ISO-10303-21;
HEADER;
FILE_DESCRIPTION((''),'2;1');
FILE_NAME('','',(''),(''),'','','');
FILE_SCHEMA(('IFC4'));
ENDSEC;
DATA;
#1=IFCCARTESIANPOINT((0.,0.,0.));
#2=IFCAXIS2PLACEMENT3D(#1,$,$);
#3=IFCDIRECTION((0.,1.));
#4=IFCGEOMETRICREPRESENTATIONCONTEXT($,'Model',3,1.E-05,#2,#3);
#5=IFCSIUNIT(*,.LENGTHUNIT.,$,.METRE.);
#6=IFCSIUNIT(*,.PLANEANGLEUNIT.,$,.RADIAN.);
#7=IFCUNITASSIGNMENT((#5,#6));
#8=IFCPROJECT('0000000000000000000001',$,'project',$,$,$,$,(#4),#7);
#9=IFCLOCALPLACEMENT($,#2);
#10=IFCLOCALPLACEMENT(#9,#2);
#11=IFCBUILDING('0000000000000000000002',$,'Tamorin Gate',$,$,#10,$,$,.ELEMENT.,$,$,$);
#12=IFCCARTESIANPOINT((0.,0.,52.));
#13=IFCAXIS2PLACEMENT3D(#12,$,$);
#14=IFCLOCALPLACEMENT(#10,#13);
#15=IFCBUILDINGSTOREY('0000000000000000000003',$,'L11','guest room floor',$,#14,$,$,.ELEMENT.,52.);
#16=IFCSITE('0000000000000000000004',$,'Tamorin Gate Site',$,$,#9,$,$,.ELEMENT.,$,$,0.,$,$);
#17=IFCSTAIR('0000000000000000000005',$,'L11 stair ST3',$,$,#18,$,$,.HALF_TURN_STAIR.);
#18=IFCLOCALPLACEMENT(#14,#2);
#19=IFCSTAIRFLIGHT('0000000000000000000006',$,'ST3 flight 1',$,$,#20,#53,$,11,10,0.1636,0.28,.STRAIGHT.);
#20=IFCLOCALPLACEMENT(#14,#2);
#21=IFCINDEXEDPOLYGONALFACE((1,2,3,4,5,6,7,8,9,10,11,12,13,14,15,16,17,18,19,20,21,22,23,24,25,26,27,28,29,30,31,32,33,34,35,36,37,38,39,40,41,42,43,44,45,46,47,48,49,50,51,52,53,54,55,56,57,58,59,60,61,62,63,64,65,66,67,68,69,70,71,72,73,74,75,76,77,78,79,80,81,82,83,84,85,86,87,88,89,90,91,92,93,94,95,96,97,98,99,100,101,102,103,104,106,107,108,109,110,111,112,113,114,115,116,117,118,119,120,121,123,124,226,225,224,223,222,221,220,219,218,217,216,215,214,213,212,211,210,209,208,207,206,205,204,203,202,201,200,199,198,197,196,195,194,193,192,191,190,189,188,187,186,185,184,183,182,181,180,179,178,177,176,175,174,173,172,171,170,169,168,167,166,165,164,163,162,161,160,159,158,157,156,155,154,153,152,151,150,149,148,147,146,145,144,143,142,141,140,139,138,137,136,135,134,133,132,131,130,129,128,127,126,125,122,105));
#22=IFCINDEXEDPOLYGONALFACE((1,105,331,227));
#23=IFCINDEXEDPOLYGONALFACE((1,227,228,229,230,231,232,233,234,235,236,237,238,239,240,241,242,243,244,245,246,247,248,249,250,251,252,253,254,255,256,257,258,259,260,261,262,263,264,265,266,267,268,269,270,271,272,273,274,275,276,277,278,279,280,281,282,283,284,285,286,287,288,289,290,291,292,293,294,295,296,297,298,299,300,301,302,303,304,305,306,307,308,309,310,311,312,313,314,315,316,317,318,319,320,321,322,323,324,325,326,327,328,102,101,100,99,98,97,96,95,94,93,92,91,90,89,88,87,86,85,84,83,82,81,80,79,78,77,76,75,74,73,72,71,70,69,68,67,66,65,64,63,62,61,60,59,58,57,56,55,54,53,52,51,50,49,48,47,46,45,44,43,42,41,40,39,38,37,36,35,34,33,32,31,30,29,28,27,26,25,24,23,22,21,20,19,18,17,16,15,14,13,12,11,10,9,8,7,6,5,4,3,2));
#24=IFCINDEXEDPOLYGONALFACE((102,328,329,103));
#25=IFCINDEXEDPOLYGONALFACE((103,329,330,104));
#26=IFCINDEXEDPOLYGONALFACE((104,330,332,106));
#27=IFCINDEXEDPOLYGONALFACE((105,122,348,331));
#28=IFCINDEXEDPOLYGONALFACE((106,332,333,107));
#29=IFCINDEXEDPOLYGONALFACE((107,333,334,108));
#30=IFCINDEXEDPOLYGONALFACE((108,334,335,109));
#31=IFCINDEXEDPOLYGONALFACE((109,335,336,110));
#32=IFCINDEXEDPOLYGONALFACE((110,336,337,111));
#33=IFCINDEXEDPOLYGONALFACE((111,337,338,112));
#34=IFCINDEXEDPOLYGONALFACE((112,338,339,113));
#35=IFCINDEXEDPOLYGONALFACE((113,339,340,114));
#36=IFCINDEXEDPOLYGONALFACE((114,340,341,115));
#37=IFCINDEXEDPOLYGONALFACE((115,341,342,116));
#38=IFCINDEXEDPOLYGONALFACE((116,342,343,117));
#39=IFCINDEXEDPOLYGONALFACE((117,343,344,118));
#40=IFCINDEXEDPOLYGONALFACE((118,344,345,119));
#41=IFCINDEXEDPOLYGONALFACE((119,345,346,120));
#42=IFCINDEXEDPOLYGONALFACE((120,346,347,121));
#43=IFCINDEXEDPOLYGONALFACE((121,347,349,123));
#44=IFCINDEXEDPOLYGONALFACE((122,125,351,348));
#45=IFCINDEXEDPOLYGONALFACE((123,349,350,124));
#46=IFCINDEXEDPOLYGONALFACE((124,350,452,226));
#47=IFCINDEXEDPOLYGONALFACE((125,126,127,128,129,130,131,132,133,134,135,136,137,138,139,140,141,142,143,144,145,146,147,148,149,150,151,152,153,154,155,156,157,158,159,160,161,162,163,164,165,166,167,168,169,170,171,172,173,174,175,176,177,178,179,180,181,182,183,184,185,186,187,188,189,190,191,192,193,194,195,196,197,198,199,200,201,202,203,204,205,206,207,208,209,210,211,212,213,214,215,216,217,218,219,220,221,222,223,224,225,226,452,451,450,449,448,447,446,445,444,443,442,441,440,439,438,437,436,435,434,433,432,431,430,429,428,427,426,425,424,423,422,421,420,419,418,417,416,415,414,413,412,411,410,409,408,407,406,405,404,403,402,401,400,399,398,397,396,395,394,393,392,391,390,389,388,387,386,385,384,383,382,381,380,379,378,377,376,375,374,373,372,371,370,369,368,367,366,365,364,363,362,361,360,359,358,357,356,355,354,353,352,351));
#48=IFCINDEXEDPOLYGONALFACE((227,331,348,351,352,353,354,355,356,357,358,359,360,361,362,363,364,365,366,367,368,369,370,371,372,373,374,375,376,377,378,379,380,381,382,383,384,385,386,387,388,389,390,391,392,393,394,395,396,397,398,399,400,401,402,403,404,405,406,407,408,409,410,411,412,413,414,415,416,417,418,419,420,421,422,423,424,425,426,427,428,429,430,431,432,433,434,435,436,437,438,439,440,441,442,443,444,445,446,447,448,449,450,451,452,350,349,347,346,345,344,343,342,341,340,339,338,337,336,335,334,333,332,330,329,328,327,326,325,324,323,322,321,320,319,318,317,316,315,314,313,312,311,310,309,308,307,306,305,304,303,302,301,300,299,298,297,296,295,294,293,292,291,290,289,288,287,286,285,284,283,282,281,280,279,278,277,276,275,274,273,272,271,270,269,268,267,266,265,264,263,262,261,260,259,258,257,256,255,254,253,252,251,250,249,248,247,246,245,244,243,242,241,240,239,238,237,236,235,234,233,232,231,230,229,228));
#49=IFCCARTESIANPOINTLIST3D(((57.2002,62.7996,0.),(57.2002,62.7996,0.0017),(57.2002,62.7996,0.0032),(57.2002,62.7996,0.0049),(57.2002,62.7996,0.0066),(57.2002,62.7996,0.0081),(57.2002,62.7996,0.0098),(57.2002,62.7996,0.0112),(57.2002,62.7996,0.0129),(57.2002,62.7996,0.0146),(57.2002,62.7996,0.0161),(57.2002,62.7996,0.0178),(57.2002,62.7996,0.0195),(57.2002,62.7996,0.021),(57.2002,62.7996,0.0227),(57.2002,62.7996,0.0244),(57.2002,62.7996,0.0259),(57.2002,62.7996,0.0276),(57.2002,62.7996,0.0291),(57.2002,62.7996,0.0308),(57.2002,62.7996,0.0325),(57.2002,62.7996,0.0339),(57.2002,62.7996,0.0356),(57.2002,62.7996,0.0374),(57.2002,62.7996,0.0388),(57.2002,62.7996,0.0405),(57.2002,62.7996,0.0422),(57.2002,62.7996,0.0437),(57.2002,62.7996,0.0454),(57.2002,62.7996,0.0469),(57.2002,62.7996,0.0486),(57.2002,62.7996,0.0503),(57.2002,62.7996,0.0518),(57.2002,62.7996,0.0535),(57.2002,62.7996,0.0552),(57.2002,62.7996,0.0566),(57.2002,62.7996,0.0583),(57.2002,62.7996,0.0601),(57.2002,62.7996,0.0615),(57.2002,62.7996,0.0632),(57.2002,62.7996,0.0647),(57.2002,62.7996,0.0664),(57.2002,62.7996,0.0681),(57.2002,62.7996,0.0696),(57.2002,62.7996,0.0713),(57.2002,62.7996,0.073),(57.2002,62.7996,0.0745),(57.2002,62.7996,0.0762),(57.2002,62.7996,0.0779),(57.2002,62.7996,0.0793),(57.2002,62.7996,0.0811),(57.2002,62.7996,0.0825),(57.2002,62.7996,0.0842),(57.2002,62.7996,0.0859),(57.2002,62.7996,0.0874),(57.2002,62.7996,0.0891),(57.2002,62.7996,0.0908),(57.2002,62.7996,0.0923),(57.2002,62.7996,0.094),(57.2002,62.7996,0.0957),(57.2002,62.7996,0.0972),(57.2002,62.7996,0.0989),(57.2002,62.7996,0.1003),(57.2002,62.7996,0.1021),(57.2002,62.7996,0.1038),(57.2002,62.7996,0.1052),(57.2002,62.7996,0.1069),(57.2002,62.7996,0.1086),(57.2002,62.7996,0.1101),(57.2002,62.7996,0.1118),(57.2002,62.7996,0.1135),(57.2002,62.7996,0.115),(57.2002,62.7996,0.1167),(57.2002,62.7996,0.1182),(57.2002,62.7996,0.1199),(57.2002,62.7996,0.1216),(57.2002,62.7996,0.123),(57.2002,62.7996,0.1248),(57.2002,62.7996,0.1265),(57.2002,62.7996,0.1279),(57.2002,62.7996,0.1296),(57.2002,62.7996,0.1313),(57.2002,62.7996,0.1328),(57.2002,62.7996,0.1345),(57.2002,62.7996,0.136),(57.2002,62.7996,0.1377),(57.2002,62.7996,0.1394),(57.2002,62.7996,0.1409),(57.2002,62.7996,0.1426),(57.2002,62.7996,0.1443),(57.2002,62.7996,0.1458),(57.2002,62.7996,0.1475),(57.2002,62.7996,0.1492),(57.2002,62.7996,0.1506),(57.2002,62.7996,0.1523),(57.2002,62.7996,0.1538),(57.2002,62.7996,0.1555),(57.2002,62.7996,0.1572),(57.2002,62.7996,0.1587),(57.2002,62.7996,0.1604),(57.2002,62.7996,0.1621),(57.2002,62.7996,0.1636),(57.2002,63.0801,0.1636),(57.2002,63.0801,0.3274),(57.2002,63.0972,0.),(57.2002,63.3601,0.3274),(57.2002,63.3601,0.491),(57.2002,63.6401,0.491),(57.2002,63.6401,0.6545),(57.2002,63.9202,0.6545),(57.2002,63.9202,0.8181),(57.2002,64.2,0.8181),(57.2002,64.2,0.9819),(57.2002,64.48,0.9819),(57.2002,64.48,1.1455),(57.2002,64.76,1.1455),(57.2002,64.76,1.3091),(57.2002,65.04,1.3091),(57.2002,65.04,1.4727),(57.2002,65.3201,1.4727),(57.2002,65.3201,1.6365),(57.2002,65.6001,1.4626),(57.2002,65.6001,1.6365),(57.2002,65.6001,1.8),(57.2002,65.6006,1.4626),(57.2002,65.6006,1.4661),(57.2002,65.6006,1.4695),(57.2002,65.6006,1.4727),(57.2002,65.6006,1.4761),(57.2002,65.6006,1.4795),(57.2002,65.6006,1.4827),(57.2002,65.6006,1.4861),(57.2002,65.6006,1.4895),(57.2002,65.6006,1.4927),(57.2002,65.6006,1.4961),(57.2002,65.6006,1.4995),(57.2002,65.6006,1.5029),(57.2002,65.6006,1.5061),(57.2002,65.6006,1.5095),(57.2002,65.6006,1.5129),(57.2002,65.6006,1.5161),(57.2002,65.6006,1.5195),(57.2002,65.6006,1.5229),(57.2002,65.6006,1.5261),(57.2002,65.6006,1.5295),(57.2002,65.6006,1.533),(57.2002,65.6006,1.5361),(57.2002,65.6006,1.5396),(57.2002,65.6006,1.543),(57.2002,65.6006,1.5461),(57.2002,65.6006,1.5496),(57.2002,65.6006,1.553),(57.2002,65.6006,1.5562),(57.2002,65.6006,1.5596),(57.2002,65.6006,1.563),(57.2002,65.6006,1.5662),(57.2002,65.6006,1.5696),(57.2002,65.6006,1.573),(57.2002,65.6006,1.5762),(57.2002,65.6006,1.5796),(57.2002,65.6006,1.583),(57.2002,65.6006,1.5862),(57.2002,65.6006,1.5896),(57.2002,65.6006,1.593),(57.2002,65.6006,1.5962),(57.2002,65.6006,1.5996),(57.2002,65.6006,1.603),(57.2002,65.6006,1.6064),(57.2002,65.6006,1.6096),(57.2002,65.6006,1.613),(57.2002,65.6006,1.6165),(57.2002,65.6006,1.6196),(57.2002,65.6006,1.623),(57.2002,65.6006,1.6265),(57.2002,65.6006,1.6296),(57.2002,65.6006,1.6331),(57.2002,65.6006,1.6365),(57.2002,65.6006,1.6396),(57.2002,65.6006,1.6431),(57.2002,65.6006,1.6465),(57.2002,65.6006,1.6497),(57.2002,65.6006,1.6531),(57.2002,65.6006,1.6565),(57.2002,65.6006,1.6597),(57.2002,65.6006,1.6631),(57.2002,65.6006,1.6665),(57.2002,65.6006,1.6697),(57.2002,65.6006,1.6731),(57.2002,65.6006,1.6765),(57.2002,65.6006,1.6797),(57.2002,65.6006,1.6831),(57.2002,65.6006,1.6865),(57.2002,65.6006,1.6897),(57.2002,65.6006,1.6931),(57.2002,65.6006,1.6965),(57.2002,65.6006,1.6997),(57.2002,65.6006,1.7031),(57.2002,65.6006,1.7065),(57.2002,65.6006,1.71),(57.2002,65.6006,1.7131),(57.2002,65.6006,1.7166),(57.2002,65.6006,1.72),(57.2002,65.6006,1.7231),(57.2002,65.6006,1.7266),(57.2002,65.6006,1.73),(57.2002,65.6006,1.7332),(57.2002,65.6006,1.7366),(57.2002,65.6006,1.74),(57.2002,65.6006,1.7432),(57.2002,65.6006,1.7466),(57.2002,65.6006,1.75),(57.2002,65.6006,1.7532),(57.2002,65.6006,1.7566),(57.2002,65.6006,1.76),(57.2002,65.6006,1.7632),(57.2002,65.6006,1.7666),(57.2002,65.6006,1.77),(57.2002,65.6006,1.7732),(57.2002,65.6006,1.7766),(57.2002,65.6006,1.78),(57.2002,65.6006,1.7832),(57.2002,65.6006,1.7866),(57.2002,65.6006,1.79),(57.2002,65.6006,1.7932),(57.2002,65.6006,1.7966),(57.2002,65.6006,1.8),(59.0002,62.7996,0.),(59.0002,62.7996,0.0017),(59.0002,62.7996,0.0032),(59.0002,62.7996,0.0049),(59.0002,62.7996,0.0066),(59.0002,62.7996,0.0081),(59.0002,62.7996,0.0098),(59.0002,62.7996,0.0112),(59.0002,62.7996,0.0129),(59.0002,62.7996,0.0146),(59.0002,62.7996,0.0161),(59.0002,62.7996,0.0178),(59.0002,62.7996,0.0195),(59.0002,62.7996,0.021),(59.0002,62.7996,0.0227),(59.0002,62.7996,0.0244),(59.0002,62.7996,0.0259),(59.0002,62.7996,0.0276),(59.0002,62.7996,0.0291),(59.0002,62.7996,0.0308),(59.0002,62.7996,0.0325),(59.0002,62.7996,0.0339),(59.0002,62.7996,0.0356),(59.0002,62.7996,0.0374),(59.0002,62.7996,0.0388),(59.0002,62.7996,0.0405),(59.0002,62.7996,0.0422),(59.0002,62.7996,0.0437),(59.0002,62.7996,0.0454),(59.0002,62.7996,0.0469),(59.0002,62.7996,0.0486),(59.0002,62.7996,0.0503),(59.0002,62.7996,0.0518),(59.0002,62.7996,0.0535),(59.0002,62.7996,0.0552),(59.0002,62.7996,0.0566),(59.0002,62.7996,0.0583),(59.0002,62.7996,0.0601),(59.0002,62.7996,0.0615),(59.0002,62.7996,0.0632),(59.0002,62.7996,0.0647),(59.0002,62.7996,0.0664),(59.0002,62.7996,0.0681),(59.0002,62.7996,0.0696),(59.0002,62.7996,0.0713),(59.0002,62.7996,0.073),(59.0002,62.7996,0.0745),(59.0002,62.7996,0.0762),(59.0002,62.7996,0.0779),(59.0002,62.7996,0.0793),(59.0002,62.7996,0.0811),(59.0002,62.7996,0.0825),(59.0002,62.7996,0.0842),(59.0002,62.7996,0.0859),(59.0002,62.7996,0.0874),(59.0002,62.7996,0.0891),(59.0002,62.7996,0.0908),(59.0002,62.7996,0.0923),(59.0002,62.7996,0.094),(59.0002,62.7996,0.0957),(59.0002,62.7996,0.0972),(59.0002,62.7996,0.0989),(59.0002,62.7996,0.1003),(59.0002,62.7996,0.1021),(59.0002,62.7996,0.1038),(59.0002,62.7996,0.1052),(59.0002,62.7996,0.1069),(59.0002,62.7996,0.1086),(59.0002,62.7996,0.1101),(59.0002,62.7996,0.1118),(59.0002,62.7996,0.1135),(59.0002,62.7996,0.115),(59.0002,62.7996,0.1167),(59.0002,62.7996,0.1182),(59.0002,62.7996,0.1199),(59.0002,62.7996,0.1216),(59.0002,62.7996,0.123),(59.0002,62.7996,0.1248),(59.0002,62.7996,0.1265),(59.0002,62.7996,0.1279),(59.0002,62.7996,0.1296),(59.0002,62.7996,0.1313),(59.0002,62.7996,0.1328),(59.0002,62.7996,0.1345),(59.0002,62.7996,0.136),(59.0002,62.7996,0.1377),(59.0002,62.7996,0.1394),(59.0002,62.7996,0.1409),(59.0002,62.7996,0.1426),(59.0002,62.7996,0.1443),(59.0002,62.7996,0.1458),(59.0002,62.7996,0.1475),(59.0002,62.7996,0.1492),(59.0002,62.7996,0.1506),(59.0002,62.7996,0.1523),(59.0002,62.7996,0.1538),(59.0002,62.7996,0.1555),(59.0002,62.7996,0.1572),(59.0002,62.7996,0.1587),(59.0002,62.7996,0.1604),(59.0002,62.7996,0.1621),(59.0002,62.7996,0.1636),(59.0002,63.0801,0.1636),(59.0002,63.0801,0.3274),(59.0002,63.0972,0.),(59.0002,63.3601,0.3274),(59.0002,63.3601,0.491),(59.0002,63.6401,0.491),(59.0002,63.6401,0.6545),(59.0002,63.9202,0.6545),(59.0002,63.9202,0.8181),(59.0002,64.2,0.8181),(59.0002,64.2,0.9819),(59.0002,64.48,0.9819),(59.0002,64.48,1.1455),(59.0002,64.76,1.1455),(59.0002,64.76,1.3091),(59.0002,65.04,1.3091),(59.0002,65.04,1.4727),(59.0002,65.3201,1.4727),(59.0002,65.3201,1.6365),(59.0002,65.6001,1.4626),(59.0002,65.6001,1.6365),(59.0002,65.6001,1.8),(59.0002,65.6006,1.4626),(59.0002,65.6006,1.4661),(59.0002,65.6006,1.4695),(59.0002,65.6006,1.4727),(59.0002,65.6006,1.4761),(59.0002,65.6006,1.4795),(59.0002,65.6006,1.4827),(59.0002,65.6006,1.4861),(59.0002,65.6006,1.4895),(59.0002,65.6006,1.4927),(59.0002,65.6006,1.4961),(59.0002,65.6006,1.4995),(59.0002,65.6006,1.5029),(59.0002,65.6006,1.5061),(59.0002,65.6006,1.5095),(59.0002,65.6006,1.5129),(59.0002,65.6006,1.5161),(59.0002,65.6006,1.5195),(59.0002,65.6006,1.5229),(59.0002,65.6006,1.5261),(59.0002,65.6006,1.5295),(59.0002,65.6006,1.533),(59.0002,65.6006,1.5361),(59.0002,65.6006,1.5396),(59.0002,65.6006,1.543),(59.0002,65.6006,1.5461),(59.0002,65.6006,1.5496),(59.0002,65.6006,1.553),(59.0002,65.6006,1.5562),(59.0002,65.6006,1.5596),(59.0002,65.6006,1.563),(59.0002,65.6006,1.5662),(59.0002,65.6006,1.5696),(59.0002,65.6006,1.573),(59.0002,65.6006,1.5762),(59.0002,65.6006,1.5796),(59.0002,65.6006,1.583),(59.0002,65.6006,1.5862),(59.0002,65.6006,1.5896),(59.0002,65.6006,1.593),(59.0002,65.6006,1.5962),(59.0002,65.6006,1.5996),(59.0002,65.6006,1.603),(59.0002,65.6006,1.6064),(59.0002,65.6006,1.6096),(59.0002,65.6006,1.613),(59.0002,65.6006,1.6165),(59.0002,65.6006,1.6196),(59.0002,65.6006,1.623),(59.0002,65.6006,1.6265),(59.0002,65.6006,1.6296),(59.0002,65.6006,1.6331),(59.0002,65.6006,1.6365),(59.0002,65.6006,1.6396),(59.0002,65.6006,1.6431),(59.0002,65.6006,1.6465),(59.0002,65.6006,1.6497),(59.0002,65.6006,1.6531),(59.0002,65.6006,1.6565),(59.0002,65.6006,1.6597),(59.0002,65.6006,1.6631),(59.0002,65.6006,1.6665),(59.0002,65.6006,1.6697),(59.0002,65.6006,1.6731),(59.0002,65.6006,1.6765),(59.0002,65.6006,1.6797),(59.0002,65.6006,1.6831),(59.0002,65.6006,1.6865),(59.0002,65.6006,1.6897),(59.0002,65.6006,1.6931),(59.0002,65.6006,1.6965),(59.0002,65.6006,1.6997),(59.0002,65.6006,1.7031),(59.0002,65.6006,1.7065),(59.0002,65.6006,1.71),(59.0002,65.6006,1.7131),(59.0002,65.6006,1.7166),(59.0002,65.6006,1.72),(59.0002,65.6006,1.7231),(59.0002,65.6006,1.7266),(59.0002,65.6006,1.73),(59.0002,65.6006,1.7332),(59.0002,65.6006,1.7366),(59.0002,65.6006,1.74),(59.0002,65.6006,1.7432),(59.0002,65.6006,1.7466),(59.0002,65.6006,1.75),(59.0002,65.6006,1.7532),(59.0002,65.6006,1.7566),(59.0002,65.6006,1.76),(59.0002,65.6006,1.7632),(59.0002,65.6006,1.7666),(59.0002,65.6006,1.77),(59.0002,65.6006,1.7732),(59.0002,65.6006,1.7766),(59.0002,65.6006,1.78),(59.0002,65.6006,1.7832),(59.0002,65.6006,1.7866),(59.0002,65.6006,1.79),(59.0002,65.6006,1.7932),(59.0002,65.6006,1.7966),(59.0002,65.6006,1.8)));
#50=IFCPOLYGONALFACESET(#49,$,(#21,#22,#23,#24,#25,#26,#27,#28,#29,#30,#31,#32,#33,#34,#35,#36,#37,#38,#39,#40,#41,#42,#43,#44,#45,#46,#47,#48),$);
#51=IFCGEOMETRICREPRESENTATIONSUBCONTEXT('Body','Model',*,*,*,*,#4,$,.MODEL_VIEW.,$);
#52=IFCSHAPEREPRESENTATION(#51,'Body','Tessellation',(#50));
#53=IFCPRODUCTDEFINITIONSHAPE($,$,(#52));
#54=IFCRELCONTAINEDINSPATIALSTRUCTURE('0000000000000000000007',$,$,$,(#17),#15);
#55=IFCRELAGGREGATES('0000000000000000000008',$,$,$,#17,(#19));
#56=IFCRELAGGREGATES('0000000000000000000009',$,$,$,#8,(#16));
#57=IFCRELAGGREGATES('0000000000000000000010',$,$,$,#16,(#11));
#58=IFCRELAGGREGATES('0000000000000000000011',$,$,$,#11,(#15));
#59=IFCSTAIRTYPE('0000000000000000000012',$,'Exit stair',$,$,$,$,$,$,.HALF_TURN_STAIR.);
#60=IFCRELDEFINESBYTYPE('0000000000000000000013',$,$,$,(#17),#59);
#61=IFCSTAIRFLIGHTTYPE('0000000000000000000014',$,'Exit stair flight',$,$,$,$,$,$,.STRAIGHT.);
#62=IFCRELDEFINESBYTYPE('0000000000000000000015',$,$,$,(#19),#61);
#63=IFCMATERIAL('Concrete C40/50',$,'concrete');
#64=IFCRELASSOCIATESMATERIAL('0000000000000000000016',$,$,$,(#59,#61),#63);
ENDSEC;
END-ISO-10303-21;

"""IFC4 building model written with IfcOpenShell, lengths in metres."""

from ifc_helpers import new_model, si_unit, direction, frame, origin, place, context, subcontext, project, spatial, polyline, outline, extrude, material, type_object, element, aggregate, save


model = new_model("IFC4")

# Units and contexts
model_context = context("Model", 3, precision=1e-05, world=origin(), true_north=direction((0.0, 1.0)))
body_context = subcontext(model_context, "Body", "Model", "MODEL_VIEW")
ifc_project = project(units=[si_unit("LENGTHUNIT", "METRE"), si_unit("PLANEANGLEUNIT", "RADIAN")], contexts=[model_context])

# Site, building, storey
site_placement = place(None, origin())
site = spatial("IfcSite", under=ifc_project, at=site_placement, Name="Tamorin Gate Site", CompositionType="ELEMENT", RefElevation=0.0)
building_placement = place(site_placement, origin())
building = spatial("IfcBuilding", under=site, at=building_placement, Name="Tamorin Gate", CompositionType="ELEMENT")
storey_placement = place(building_placement, frame((0.0, 0.0, 52.0)))
storey = spatial("IfcBuildingStorey", under=building, at=storey_placement, Name="L11", Description="guest room floor", CompositionType="ELEMENT", Elevation=52.0)

# Shared definitions
ifc_material_1 = material(Name="Concrete C40/50", Category="concrete")

# Stair, stair flight
stair_type = type_object("IfcStairType", Name="Exit stair", PredefinedType="HALF_TURN_STAIR", material=ifc_material_1)
stair_placement = place(storey_placement, origin())
stair = element("IfcStair", 1, at=stair_placement, inside=storey, type_object=stair_type, Name="L11 stair ST3", PredefinedType="HALF_TURN_STAIR")
stair_flight_type = type_object("IfcStairFlightType", Name="Exit stair flight", PredefinedType="STRAIGHT", material=ifc_material_1)
stair_flight_1_placement = place(storey_placement, frame((58.1001, 62.8, 0.0), z_axis=(0.0, 0.0, 1.0), x_axis=(0.0, 1.0, 0.0)))
stair_flight_1 = element("IfcStairFlight", 2, at=stair_flight_1_placement, type_object=stair_flight_type, Name="ST3 flight 1", NumberOfRisers=11, NumberOfTreads=10, PredefinedType="STRAIGHT", RiserHeight=0.1636, TreadLength=0.28, context=body_context, shape_type="SweptSolid", body=[
    extrude(outline(polyline([(-0.0005, 0.0), (-0.0005, 0.0017), (-0.0005, 0.0032), (-0.0005, 0.0049), (-0.0005, 0.0066), (-0.0005, 0.0081), (-0.0005, 0.0098), (-0.0005, 0.0112), (-0.0005, 0.0129), (-0.0005, 0.0146), (-0.0005, 0.0161), (-0.0005, 0.0178), (-0.0005, 0.0195), (-0.0005, 0.021), (-0.0005, 0.0227), (-0.0005, 0.0244), (-0.0005, 0.0259), (-0.0005, 0.0276), (-0.0005, 0.0291), (-0.0005, 0.0308), (-0.0005, 0.0325), (-0.0005, 0.0339), (-0.0005, 0.0356), (-0.0005, 0.0374), (-0.0005, 0.0388), (-0.0005, 0.0405), (-0.0005, 0.0422), (-0.0005, 0.0437), (-0.0005, 0.0454), (-0.0005, 0.0469), (-0.0005, 0.0486), (-0.0005, 0.0503), (-0.0005, 0.0518), (-0.0005, 0.0535), (-0.0005, 0.0552), (-0.0005, 0.0566), (-0.0005, 0.0583), (-0.0005, 0.0601), (-0.0005, 0.0615), (-0.0005, 0.0632), (-0.0005, 0.0647), (-0.0005, 0.0664), (-0.0005, 0.0681), (-0.0005, 0.0696), (-0.0005, 0.0713), (-0.0005, 0.073), (-0.0005, 0.0745), (-0.0005, 0.0762), (-0.0005, 0.0779), (-0.0005, 0.0793), (-0.0005, 0.0811), (-0.0005, 0.0825), (-0.0005, 0.0842), (-0.0005, 0.0859), (-0.0005, 0.0874), (-0.0005, 0.0891), (-0.0005, 0.0908), (-0.0005, 0.0923), (-0.0005, 0.094), (-0.0005, 0.0957), (-0.0005, 0.0972), (-0.0005, 0.0989), (-0.0005, 0.1003), (-0.0005, 0.1021), (-0.0005, 0.1038), (-0.0005, 0.1052), (-0.0005, 0.1069), (-0.0005, 0.1086), (-0.0005, 0.1101), (-0.0005, 0.1118), (-0.0005, 0.1135), (-0.0005, 0.115), (-0.0005, 0.1167), (-0.0005, 0.1182), (-0.0005, 0.1199), (-0.0005, 0.1216), (-0.0005, 0.123), (-0.0005, 0.1248), (-0.0005, 0.1265), (-0.0005, 0.1279), (-0.0005, 0.1296), (-0.0005, 0.1313), (-0.0005, 0.1328), (-0.0005, 0.1345), (-0.0005, 0.136), (-0.0005, 0.1377), (-0.0005, 0.1394), (-0.0005, 0.1409), (-0.0005, 0.1426), (-0.0005, 0.1443), (-0.0005, 0.1458), (-0.0005, 0.1475), (-0.0005, 0.1492), (-0.0005, 0.1506), (-0.0005, 0.1523), (-0.0005, 0.1538), (-0.0005, 0.1555), (-0.0005, 0.1572), (-0.0005, 0.1587), (-0.0005, 0.1604), (-0.0005, 0.1621), (-0.0005, 0.1636), (0.28, 0.1636), (0.28, 0.3274), (0.5601, 0.3274), (0.5601, 0.491), (0.8401, 0.491), (0.8401, 0.6545), (1.1201, 0.6545), (1.1201, 0.8181), (1.3999, 0.8181), (1.3999, 0.9819), (1.6799, 0.9819), (1.6799, 1.1455), (1.96, 1.1455), (1.96, 1.3091), (2.24, 1.3091), (2.24, 1.4727), (2.52, 1.4727), (2.52, 1.6365), (2.8, 1.6365), (2.8, 1.8), (2.8005, 1.8), (2.8005, 1.7966), (2.8005, 1.7932), (2.8005, 1.79), (2.8005, 1.7866), (2.8005, 1.7832), (2.8005, 1.78), (2.8005, 1.7766), (2.8005, 1.7732), (2.8005, 1.77), (2.8005, 1.7666), (2.8005, 1.7632), (2.8005, 1.76), (2.8005, 1.7566), (2.8005, 1.7532), (2.8005, 1.75), (2.8005, 1.7466), (2.8005, 1.7432), (2.8005, 1.74), (2.8005, 1.7366), (2.8005, 1.7332), (2.8005, 1.73), (2.8005, 1.7266), (2.8005, 1.7231), (2.8005, 1.72), (2.8005, 1.7166), (2.8005, 1.7131), (2.8005, 1.71), (2.8005, 1.7065), (2.8005, 1.7031), (2.8005, 1.6997), (2.8005, 1.6965), (2.8005, 1.6931), (2.8005, 1.6897), (2.8005, 1.6865), (2.8005, 1.6831), (2.8005, 1.6797), (2.8005, 1.6765), (2.8005, 1.6731), (2.8005, 1.6697), (2.8005, 1.6665), (2.8005, 1.6631), (2.8005, 1.6597), (2.8005, 1.6565), (2.8005, 1.6531), (2.8005, 1.6497), (2.8005, 1.6465), (2.8005, 1.6431), (2.8005, 1.6396), (2.8005, 1.6365), (2.8005, 1.6331), (2.8005, 1.6296), (2.8005, 1.6265), (2.8005, 1.623), (2.8005, 1.6196), (2.8005, 1.6165), (2.8005, 1.613), (2.8005, 1.6096), (2.8005, 1.6064), (2.8005, 1.603), (2.8005, 1.5996), (2.8005, 1.5962), (2.8005, 1.593), (2.8005, 1.5896), (2.8005, 1.5862), (2.8005, 1.583), (2.8005, 1.5796), (2.8005, 1.5762), (2.8005, 1.573), (2.8005, 1.5696), (2.8005, 1.5662), (2.8005, 1.563), (2.8005, 1.5596), (2.8005, 1.5562), (2.8005, 1.553), (2.8005, 1.5496), (2.8005, 1.5461), (2.8005, 1.543), (2.8005, 1.5396), (2.8005, 1.5361), (2.8005, 1.533), (2.8005, 1.5295), (2.8005, 1.5261), (2.8005, 1.5229), (2.8005, 1.5195), (2.8005, 1.5161), (2.8005, 1.5129), (2.8005, 1.5095), (2.8005, 1.5061), (2.8005, 1.5029), (2.8005, 1.4995), (2.8005, 1.4961), (2.8005, 1.4927), (2.8005, 1.4895), (2.8005, 1.4861), (2.8005, 1.4827), (2.8005, 1.4795), (2.8005, 1.4761), (2.8005, 1.4727), (2.8005, 1.4695), (2.8005, 1.4661), (2.8005, 1.4626), (2.8, 1.4626), (0.2971, 0.0), (-0.0005, 0.0)])), frame((0.0, 0.8999, 0.0), z_axis=(0.0, -1.0, 0.0), x_axis=(1.0, 0.0, 0.0)), (0.0, 0.0, 1.0), 1.8),
])
aggregate(stair, [stair_flight_1])

save(model, "model.ifc")
